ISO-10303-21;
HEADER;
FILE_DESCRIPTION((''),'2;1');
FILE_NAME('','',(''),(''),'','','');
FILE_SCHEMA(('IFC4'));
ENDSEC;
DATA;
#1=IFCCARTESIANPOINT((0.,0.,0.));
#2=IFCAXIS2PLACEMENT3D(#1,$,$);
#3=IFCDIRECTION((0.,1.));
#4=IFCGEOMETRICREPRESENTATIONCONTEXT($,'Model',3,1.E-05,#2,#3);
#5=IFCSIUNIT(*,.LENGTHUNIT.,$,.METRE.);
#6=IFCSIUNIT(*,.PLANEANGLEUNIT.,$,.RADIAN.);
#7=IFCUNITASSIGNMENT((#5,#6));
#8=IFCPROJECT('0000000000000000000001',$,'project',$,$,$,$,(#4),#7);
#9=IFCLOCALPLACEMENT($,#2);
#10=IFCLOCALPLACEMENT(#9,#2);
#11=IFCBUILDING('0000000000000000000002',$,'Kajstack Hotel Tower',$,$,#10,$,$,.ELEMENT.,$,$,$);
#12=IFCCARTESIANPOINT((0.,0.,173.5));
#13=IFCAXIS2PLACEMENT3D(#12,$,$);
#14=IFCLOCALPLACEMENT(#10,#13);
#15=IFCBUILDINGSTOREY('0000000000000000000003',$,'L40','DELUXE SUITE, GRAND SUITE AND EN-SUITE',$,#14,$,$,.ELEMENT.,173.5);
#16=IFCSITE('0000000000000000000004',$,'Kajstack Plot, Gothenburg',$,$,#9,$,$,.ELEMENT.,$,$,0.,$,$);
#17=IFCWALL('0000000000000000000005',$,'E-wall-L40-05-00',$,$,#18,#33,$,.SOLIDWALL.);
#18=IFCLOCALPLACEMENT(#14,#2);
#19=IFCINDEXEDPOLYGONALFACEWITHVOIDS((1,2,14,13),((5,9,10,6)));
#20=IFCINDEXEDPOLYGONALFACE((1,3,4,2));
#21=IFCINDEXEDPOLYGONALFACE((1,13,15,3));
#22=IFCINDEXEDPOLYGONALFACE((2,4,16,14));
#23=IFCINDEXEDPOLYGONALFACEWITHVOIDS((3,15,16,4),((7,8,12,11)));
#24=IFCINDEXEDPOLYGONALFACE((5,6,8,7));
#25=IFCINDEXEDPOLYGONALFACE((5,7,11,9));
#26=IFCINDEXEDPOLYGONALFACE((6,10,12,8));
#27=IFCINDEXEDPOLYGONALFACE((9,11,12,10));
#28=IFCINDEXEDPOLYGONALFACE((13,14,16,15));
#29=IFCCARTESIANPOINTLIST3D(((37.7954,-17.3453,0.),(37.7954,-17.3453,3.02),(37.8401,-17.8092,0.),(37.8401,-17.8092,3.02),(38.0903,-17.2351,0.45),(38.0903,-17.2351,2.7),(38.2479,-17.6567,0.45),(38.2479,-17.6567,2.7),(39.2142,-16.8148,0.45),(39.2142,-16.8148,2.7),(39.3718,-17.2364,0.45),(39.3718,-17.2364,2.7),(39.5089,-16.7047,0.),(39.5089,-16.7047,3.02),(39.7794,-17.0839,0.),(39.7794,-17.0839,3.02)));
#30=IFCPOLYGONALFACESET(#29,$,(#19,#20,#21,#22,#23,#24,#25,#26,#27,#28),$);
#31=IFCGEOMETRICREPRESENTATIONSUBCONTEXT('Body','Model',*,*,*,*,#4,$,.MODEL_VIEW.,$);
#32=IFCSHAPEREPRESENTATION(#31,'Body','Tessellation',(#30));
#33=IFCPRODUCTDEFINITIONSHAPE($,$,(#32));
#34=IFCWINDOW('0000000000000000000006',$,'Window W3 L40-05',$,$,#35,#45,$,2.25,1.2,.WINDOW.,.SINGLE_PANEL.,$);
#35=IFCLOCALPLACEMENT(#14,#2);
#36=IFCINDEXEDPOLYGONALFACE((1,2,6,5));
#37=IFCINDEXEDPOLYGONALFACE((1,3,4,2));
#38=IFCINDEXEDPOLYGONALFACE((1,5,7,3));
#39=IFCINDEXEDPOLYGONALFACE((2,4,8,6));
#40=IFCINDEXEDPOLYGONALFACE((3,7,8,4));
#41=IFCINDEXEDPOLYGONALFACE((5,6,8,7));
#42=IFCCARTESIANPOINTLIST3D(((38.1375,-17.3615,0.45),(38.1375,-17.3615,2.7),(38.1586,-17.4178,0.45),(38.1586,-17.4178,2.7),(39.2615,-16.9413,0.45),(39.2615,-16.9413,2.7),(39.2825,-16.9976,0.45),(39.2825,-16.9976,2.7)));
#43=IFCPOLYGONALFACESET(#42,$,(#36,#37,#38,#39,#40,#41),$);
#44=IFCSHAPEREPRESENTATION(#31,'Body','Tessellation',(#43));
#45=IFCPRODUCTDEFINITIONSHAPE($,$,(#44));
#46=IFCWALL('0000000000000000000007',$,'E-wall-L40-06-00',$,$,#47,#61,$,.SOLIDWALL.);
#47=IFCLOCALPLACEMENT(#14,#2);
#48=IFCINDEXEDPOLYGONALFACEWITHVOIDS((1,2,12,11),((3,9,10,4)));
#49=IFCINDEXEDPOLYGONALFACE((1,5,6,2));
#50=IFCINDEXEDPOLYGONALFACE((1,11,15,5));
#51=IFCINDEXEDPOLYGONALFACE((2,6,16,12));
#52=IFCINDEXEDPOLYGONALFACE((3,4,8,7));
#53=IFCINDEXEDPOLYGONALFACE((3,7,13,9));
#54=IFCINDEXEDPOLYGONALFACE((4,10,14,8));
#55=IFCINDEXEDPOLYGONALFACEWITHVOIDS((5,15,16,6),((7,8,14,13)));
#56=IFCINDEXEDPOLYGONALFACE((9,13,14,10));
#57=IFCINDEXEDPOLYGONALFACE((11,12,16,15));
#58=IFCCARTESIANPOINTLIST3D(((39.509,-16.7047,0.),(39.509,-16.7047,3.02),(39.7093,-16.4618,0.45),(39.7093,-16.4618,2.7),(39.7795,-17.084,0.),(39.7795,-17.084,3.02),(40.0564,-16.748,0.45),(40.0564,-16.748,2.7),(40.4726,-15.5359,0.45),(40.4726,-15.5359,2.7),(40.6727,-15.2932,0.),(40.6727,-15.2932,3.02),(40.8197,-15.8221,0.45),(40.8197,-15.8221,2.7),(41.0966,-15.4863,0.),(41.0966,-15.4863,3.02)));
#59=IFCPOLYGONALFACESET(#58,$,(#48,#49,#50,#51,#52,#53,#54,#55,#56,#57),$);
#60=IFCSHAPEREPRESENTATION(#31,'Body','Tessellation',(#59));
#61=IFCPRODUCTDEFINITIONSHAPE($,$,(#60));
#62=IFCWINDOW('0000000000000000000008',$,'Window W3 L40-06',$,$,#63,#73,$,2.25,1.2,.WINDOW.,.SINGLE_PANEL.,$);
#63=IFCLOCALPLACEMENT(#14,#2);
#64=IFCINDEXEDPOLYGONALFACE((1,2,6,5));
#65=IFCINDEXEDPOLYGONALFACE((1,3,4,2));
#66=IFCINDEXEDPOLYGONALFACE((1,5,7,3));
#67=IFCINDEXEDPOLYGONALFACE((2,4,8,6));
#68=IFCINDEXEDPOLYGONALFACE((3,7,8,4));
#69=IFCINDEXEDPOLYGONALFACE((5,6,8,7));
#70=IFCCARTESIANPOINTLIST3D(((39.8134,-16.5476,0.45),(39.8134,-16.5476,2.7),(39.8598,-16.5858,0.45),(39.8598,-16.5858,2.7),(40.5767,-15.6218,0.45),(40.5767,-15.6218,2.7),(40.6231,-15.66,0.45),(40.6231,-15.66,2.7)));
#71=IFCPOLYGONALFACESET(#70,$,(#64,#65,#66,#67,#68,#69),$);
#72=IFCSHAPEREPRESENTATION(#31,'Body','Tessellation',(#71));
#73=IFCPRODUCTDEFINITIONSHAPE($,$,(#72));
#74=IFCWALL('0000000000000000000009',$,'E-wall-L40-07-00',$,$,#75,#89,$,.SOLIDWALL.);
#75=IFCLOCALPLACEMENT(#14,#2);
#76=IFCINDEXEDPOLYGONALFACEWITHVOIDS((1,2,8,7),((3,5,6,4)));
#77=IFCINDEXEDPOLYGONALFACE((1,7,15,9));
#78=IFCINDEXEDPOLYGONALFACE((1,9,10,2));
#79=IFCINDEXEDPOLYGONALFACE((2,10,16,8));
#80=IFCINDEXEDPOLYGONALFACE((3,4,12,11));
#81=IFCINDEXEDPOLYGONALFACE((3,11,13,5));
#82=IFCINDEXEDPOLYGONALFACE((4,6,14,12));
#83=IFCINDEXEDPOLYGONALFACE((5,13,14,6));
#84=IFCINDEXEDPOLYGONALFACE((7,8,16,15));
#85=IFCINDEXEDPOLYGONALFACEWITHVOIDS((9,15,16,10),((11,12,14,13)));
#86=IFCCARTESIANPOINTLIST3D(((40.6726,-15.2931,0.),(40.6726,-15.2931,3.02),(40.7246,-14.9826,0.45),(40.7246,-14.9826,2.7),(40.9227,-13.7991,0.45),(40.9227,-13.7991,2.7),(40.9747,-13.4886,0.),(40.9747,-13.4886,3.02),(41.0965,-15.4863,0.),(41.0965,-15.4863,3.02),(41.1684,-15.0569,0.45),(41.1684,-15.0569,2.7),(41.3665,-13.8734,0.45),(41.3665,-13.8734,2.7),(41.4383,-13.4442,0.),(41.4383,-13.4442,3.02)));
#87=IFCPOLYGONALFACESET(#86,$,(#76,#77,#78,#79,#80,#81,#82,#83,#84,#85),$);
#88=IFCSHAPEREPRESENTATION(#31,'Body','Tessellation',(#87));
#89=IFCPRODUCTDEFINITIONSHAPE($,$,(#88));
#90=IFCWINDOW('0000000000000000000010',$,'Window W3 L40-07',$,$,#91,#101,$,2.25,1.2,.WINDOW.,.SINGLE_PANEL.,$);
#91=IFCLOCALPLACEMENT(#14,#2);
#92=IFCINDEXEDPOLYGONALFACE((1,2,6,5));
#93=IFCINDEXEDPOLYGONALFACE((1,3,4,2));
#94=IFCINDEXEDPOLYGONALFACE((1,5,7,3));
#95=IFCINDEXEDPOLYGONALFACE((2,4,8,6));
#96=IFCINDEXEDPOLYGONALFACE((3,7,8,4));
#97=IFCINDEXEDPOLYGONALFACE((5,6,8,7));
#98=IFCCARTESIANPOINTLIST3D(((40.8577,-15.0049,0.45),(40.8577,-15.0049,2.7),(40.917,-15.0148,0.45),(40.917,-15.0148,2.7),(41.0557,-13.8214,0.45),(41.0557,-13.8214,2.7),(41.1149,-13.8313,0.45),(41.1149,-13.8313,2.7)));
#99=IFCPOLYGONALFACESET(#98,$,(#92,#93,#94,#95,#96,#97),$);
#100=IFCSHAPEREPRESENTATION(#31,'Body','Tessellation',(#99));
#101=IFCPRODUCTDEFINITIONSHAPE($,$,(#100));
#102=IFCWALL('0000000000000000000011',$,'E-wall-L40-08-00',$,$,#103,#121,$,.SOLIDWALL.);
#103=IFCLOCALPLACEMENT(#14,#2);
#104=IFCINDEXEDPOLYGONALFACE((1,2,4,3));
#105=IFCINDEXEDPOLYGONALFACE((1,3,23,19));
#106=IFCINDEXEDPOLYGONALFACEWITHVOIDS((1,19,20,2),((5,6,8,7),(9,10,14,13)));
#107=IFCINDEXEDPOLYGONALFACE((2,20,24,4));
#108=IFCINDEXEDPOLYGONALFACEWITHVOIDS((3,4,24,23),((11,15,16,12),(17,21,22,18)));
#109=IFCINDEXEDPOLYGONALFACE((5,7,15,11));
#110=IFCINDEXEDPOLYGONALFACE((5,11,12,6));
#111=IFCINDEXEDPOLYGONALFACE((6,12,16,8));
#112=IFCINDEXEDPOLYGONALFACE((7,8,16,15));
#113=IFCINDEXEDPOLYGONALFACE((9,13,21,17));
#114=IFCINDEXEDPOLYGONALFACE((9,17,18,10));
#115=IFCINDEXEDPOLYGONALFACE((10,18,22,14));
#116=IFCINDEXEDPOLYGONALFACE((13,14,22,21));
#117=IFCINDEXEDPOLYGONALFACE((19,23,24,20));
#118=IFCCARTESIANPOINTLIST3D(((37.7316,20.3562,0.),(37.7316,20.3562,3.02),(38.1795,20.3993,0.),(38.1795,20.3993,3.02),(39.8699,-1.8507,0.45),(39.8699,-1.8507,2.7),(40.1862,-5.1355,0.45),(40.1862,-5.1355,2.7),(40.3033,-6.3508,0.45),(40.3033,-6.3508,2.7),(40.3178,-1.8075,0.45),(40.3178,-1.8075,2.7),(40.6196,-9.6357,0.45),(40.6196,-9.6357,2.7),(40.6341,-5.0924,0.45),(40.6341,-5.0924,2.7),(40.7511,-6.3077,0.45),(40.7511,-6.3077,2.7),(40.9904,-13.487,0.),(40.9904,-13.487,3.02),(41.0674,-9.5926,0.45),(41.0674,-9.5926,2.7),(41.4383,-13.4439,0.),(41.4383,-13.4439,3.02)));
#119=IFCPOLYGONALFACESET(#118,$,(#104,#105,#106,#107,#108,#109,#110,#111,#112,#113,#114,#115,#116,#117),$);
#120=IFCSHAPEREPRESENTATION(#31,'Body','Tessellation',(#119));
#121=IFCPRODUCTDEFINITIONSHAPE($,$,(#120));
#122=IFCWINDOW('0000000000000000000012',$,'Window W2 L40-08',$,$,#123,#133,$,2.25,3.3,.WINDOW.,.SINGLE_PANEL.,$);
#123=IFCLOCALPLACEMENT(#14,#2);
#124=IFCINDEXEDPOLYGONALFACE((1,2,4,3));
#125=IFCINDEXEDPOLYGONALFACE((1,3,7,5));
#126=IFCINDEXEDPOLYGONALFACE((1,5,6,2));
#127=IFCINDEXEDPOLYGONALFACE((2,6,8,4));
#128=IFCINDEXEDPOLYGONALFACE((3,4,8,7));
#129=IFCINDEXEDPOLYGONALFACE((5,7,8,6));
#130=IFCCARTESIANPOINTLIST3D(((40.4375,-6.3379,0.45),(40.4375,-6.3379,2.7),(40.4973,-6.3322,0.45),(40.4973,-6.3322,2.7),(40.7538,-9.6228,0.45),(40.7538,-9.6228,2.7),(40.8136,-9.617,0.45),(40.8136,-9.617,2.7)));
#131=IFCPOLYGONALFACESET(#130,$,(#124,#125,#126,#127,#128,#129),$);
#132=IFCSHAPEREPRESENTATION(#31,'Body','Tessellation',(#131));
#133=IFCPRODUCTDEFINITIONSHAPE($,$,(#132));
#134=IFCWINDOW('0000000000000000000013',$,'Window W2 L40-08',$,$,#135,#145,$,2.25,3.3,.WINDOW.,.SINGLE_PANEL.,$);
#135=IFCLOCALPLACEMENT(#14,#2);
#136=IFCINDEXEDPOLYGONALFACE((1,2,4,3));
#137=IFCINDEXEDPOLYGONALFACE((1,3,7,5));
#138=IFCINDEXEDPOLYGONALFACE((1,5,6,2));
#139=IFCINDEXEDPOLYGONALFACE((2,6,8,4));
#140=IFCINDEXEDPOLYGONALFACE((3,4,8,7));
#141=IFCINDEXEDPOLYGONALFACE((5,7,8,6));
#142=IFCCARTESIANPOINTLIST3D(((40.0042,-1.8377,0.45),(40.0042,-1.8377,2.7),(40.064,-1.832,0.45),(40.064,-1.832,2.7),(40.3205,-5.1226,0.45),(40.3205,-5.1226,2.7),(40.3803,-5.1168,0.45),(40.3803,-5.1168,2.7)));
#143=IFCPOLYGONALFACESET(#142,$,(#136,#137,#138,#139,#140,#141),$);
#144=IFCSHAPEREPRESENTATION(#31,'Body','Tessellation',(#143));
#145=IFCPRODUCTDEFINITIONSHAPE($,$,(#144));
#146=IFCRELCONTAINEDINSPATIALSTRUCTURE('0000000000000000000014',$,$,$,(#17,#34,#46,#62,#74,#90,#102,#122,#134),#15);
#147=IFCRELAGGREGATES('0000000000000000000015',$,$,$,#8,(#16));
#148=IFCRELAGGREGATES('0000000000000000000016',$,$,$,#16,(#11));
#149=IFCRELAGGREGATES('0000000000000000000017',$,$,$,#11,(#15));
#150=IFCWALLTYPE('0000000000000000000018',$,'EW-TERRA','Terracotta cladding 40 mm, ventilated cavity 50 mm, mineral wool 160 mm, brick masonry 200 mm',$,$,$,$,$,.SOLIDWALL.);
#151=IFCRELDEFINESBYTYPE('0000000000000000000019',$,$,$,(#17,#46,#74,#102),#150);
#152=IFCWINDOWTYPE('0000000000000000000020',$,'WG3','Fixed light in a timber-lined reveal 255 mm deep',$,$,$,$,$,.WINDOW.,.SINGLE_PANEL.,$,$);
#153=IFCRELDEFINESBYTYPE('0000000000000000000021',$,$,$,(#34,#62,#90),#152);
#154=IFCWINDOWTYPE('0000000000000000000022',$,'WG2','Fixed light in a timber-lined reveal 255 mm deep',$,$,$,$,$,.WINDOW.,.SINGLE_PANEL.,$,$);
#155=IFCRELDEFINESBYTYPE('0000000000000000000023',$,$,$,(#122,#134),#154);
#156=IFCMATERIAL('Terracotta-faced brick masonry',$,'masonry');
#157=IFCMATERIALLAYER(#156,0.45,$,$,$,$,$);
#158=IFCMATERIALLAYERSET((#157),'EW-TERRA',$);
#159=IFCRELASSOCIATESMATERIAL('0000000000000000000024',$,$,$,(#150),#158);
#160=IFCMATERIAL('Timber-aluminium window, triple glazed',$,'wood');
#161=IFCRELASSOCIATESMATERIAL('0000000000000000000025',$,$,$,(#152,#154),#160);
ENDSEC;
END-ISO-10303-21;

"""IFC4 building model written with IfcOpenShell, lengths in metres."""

from ifc_helpers import new_model, si_unit, direction, frame, frame_2d, origin, place, context, subcontext, project, spatial, polyline, rectangle, outline, extrude, material, layer, layer_set, type_object, element, fill, save


model = new_model("IFC4")

# Units and contexts
model_context = context("Model", 3, precision=1e-05, world=origin(), true_north=direction((0.0, 1.0)))
body_context = subcontext(model_context, "Body", "Model", "MODEL_VIEW")
ifc_project = project(units=[si_unit("LENGTHUNIT", "METRE"), si_unit("PLANEANGLEUNIT", "RADIAN")], contexts=[model_context])

# Site, building, storey
site_placement = place(None, origin())
site = spatial("IfcSite", under=ifc_project, at=site_placement, Name="Kajstack Plot, Gothenburg", CompositionType="ELEMENT", RefElevation=0.0)
building_placement = place(site_placement, origin())
building = spatial("IfcBuilding", under=site, at=building_placement, Name="Kajstack Hotel Tower", CompositionType="ELEMENT")
storey_placement = place(building_placement, frame((0.0, 0.0, 173.5)))
storey = spatial("IfcBuildingStorey", under=building, at=storey_placement, Name="L40", Description="DELUXE SUITE, GRAND SUITE AND EN-SUITE", CompositionType="ELEMENT", Elevation=173.5)

# Walls, openings, windows
ifc_material_1 = material(Name="Terracotta-faced brick masonry", Category="masonry")
ifc_layer_1 = layer(ifc_material_1, 0.45)
ifc_layer_set_1 = layer_set([ifc_layer_1], Name="EW-TERRA")
wall_type_1 = type_object("IfcWallType", Name="EW-TERRA", Description="Terracotta cladding 40 mm, ventilated cavity 50 mm, mineral wool 160 mm, brick masonry 200 mm", PredefinedType="SOLIDWALL", material=ifc_layer_set_1)
wall_1_placement = place(storey_placement, frame((37.7612, -17.5984, 0.0), z_axis=(0.0, 0.0, 1.0), x_axis=(0.936678, 0.350193, 0.0)))
wall_1 = element("IfcWall", 1, at=wall_1_placement, inside=storey, type_object=wall_type_1, Name="E-wall-L40-05-00", PredefinedType="SOLIDWALL", context=body_context, shape_type="SweptSolid", body=[
    extrude(outline(polyline([(0.0, -0.2251), (2.0706, -0.2249), (1.95, 0.2251), (0.1206, 0.2251), (0.0, -0.2251)])), origin(), (0.0, 0.0, 1.0), 3.02),
])
opening_1_placement = place(wall_1_placement, frame((0.4353, 0.0, 0.45)))
opening_1 = element("IfcOpeningElement", 2, at=opening_1_placement, cuts=wall_1, PredefinedType="OPENING", context=body_context, shape_type="SweptSolid", body=[
    extrude(rectangle(XDim=1.2, YDim=2.25, at=frame_2d((0.6001, 1.125))), frame((0.0, 0.2349, 0.0), z_axis=(0.0, -1.0, 0.0), x_axis=(1.0, 0.0, 0.0)), (0.0, 0.0, 1.0), 0.47),
])
ifc_material_2 = material(Name="Timber-aluminium window, triple glazed", Category="wood")
window_type_1 = type_object("IfcWindowType", Name="WG3", Description="Fixed light in a timber-lined reveal 255 mm deep", PartitioningType="SINGLE_PANEL", PredefinedType="WINDOW", material=ifc_material_2)
window_1_placement = place(opening_1_placement, origin())
window_1 = element("IfcWindow", 3, at=window_1_placement, inside=storey, type_object=window_type_1, Name="Window W3 L40-05", OverallHeight=2.25, OverallWidth=1.2, PartitioningType="SINGLE_PANEL", PredefinedType="WINDOW", context=body_context, shape_type="SweptSolid", body=[
    extrude(rectangle(XDim=1.2, YDim=2.25, at=frame_2d((0.6001, 1.125))), frame((0.0, 0.0901, 0.0), z_axis=(0.0, -1.0, 0.0), x_axis=(1.0, 0.0, 0.0)), (0.0, 0.0, 1.0), 0.0601),
])
fill(opening_1, window_1)
wall_2_placement = place(storey_placement, frame((39.606, -16.9409, 0.0), z_axis=(0.0, 0.0, 1.0), x_axis=(0.636116, 0.771593, 0.0)))
wall_2 = element("IfcWall", 4, at=wall_2_placement, inside=storey, type_object=wall_type_1, Name="E-wall-L40-06-00", PredefinedType="SOLIDWALL", context=body_context, shape_type="SweptSolid", body=[
    extrude(outline(polyline([(0.0, -0.2249), (2.0706, -0.2249), (1.95, 0.2251), (0.1206, 0.2251), (0.0, -0.2249)])), origin(), (0.0, 0.0, 1.0), 3.02),
])
opening_2_placement = place(wall_2_placement, frame((0.4353, 0.0, 0.45)))
opening_2 = element("IfcOpeningElement", 5, at=opening_2_placement, cuts=wall_2, PredefinedType="OPENING", context=body_context, shape_type="SweptSolid", body=[
    extrude(rectangle(XDim=1.2, YDim=2.25, at=frame_2d((0.6001, 1.125))), frame((0.0, 0.2349, 0.0), z_axis=(0.0, -1.0, 0.0), x_axis=(1.0, 0.0, 0.0)), (0.0, 0.0, 1.0), 0.47),
])
window_2_placement = place(opening_2_placement, origin())
window_2 = element("IfcWindow", 6, at=window_2_placement, inside=storey, type_object=window_type_1, Name="Window W3 L40-06", OverallHeight=2.25, OverallWidth=1.2, PartitioningType="SINGLE_PANEL", PredefinedType="WINDOW", context=body_context, shape_type="SweptSolid", body=[
    extrude(rectangle(XDim=1.2, YDim=2.25, at=frame_2d((0.6001, 1.125))), frame((0.0, 0.0901, 0.0), z_axis=(0.0, -1.0, 0.0), x_axis=(1.0, 0.0, 0.0)), (0.0, 0.0, 1.0), 0.0601),
])
fill(opening_2, window_2)
wall_3_placement = place(storey_placement, frame((40.8748, -15.4492, 0.0), z_axis=(0.0, 0.0, 1.0), x_axis=(0.164953, 0.986301, 0.0)))
wall_3 = element("IfcWall", 7, at=wall_3_placement, inside=storey, type_object=wall_type_1, Name="E-wall-L40-07-00", PredefinedType="SOLIDWALL", context=body_context, shape_type="SweptSolid", body=[
    extrude(outline(polyline([(0.0, -0.2249), (2.0706, -0.2251), (1.9502, 0.2249), (0.1206, 0.2251), (0.0, -0.2249)])), origin(), (0.0, 0.0, 1.0), 3.02),
])
opening_3_placement = place(wall_3_placement, frame((0.4353, 0.0, 0.45)))
opening_3 = element("IfcOpeningElement", 8, at=opening_3_placement, cuts=wall_3, PredefinedType="OPENING", context=body_context, shape_type="SweptSolid", body=[
    extrude(rectangle(XDim=1.2, YDim=2.25, at=frame_2d((0.6001, 1.125))), frame((0.0, 0.2349, 0.0), z_axis=(0.0, -1.0, 0.0), x_axis=(1.0, 0.0, 0.0)), (0.0, 0.0, 1.0), 0.47),
])
window_3_placement = place(opening_3_placement, origin())
window_3 = element("IfcWindow", 9, at=window_3_placement, inside=storey, type_object=window_type_1, Name="Window W3 L40-07", OverallHeight=2.25, OverallWidth=1.2, PartitioningType="SINGLE_PANEL", PredefinedType="WINDOW", context=body_context, shape_type="SweptSolid", body=[
    extrude(rectangle(XDim=1.2, YDim=2.25, at=frame_2d((0.6001, 1.125))), frame((0.0, 0.0901, 0.0), z_axis=(0.0, -1.0, 0.0), x_axis=(1.0, 0.0, 0.0)), (0.0, 0.0, 1.0), 0.0601),
])
fill(opening_3, window_3)

# Wall, openings, windows
wall_4_placement = place(storey_placement, frame((41.2144, -13.4656, 0.0), z_axis=(0.0, 0.0, 1.0), x_axis=(-0.095847, 0.995396, 0.0)))
wall_4 = element("IfcWall", 10, at=wall_4_placement, inside=storey, type_object=wall_type_1, Name="E-wall-L40-08-00", PredefinedType="SOLIDWALL", context=body_context, shape_type="SweptSolid", body=[
    extrude(rectangle(XDim=33.9998, YDim=0.45, at=frame_2d((17.0, 0.0))), origin(), (0.0, 0.0, 1.0), 3.02),
])
opening_4_placement = place(wall_4_placement, frame((3.8694, 0.0, 0.45)))
opening_4 = element("IfcOpeningElement", 11, at=opening_4_placement, cuts=wall_4, PredefinedType="OPENING", context=body_context, shape_type="SweptSolid", body=[
    extrude(rectangle(XDim=3.3, YDim=2.25, at=frame_2d((1.6499, 1.125))), frame((0.0, 0.2349, 0.0), z_axis=(0.0, -1.0, 0.0), x_axis=(1.0, 0.0, 0.0)), (0.0, 0.0, 1.0), 0.47),
])
opening_5_placement = place(wall_4_placement, frame((8.3904, 0.0, 0.45)))
opening_5 = element("IfcOpeningElement", 12, at=opening_5_placement, cuts=wall_4, PredefinedType="OPENING", context=body_context, shape_type="SweptSolid", body=[
    extrude(rectangle(XDim=3.3, YDim=2.25, at=frame_2d((1.6499, 1.125))), frame((0.0, 0.2349, 0.0), z_axis=(0.0, -1.0, 0.0), x_axis=(1.0, 0.0, 0.0)), (0.0, 0.0, 1.0), 0.47),
])
window_type_2 = type_object("IfcWindowType", Name="WG2", Description="Fixed light in a timber-lined reveal 255 mm deep", PartitioningType="SINGLE_PANEL", PredefinedType="WINDOW", material=ifc_material_2)
window_4_placement = place(opening_4_placement, origin())
window_4 = element("IfcWindow", 13, at=window_4_placement, inside=storey, type_object=window_type_2, Name="Window W2 L40-08", OverallHeight=2.25, OverallWidth=3.3, PartitioningType="SINGLE_PANEL", PredefinedType="WINDOW", context=body_context, shape_type="SweptSolid", body=[
    extrude(rectangle(XDim=3.3, YDim=2.25, at=frame_2d((1.6499, 1.125))), frame((0.0, 0.0901, 0.0), z_axis=(0.0, -1.0, 0.0), x_axis=(1.0, 0.0, 0.0)), (0.0, 0.0, 1.0), 0.0601),
])
fill(opening_4, window_4)
window_5_placement = place(opening_5_placement, origin())
window_5 = element("IfcWindow", 14, at=window_5_placement, inside=storey, type_object=window_type_2, Name="Window W2 L40-08", OverallHeight=2.25, OverallWidth=3.3, PartitioningType="SINGLE_PANEL", PredefinedType="WINDOW", context=body_context, shape_type="SweptSolid", body=[
    extrude(rectangle(XDim=3.3, YDim=2.25, at=frame_2d((1.6499, 1.125))), frame((0.0, 0.0901, 0.0), z_axis=(0.0, -1.0, 0.0), x_axis=(1.0, 0.0, 0.0)), (0.0, 0.0, 1.0), 0.0601),
])
fill(opening_5, window_5)

save(model, "model.ifc")
